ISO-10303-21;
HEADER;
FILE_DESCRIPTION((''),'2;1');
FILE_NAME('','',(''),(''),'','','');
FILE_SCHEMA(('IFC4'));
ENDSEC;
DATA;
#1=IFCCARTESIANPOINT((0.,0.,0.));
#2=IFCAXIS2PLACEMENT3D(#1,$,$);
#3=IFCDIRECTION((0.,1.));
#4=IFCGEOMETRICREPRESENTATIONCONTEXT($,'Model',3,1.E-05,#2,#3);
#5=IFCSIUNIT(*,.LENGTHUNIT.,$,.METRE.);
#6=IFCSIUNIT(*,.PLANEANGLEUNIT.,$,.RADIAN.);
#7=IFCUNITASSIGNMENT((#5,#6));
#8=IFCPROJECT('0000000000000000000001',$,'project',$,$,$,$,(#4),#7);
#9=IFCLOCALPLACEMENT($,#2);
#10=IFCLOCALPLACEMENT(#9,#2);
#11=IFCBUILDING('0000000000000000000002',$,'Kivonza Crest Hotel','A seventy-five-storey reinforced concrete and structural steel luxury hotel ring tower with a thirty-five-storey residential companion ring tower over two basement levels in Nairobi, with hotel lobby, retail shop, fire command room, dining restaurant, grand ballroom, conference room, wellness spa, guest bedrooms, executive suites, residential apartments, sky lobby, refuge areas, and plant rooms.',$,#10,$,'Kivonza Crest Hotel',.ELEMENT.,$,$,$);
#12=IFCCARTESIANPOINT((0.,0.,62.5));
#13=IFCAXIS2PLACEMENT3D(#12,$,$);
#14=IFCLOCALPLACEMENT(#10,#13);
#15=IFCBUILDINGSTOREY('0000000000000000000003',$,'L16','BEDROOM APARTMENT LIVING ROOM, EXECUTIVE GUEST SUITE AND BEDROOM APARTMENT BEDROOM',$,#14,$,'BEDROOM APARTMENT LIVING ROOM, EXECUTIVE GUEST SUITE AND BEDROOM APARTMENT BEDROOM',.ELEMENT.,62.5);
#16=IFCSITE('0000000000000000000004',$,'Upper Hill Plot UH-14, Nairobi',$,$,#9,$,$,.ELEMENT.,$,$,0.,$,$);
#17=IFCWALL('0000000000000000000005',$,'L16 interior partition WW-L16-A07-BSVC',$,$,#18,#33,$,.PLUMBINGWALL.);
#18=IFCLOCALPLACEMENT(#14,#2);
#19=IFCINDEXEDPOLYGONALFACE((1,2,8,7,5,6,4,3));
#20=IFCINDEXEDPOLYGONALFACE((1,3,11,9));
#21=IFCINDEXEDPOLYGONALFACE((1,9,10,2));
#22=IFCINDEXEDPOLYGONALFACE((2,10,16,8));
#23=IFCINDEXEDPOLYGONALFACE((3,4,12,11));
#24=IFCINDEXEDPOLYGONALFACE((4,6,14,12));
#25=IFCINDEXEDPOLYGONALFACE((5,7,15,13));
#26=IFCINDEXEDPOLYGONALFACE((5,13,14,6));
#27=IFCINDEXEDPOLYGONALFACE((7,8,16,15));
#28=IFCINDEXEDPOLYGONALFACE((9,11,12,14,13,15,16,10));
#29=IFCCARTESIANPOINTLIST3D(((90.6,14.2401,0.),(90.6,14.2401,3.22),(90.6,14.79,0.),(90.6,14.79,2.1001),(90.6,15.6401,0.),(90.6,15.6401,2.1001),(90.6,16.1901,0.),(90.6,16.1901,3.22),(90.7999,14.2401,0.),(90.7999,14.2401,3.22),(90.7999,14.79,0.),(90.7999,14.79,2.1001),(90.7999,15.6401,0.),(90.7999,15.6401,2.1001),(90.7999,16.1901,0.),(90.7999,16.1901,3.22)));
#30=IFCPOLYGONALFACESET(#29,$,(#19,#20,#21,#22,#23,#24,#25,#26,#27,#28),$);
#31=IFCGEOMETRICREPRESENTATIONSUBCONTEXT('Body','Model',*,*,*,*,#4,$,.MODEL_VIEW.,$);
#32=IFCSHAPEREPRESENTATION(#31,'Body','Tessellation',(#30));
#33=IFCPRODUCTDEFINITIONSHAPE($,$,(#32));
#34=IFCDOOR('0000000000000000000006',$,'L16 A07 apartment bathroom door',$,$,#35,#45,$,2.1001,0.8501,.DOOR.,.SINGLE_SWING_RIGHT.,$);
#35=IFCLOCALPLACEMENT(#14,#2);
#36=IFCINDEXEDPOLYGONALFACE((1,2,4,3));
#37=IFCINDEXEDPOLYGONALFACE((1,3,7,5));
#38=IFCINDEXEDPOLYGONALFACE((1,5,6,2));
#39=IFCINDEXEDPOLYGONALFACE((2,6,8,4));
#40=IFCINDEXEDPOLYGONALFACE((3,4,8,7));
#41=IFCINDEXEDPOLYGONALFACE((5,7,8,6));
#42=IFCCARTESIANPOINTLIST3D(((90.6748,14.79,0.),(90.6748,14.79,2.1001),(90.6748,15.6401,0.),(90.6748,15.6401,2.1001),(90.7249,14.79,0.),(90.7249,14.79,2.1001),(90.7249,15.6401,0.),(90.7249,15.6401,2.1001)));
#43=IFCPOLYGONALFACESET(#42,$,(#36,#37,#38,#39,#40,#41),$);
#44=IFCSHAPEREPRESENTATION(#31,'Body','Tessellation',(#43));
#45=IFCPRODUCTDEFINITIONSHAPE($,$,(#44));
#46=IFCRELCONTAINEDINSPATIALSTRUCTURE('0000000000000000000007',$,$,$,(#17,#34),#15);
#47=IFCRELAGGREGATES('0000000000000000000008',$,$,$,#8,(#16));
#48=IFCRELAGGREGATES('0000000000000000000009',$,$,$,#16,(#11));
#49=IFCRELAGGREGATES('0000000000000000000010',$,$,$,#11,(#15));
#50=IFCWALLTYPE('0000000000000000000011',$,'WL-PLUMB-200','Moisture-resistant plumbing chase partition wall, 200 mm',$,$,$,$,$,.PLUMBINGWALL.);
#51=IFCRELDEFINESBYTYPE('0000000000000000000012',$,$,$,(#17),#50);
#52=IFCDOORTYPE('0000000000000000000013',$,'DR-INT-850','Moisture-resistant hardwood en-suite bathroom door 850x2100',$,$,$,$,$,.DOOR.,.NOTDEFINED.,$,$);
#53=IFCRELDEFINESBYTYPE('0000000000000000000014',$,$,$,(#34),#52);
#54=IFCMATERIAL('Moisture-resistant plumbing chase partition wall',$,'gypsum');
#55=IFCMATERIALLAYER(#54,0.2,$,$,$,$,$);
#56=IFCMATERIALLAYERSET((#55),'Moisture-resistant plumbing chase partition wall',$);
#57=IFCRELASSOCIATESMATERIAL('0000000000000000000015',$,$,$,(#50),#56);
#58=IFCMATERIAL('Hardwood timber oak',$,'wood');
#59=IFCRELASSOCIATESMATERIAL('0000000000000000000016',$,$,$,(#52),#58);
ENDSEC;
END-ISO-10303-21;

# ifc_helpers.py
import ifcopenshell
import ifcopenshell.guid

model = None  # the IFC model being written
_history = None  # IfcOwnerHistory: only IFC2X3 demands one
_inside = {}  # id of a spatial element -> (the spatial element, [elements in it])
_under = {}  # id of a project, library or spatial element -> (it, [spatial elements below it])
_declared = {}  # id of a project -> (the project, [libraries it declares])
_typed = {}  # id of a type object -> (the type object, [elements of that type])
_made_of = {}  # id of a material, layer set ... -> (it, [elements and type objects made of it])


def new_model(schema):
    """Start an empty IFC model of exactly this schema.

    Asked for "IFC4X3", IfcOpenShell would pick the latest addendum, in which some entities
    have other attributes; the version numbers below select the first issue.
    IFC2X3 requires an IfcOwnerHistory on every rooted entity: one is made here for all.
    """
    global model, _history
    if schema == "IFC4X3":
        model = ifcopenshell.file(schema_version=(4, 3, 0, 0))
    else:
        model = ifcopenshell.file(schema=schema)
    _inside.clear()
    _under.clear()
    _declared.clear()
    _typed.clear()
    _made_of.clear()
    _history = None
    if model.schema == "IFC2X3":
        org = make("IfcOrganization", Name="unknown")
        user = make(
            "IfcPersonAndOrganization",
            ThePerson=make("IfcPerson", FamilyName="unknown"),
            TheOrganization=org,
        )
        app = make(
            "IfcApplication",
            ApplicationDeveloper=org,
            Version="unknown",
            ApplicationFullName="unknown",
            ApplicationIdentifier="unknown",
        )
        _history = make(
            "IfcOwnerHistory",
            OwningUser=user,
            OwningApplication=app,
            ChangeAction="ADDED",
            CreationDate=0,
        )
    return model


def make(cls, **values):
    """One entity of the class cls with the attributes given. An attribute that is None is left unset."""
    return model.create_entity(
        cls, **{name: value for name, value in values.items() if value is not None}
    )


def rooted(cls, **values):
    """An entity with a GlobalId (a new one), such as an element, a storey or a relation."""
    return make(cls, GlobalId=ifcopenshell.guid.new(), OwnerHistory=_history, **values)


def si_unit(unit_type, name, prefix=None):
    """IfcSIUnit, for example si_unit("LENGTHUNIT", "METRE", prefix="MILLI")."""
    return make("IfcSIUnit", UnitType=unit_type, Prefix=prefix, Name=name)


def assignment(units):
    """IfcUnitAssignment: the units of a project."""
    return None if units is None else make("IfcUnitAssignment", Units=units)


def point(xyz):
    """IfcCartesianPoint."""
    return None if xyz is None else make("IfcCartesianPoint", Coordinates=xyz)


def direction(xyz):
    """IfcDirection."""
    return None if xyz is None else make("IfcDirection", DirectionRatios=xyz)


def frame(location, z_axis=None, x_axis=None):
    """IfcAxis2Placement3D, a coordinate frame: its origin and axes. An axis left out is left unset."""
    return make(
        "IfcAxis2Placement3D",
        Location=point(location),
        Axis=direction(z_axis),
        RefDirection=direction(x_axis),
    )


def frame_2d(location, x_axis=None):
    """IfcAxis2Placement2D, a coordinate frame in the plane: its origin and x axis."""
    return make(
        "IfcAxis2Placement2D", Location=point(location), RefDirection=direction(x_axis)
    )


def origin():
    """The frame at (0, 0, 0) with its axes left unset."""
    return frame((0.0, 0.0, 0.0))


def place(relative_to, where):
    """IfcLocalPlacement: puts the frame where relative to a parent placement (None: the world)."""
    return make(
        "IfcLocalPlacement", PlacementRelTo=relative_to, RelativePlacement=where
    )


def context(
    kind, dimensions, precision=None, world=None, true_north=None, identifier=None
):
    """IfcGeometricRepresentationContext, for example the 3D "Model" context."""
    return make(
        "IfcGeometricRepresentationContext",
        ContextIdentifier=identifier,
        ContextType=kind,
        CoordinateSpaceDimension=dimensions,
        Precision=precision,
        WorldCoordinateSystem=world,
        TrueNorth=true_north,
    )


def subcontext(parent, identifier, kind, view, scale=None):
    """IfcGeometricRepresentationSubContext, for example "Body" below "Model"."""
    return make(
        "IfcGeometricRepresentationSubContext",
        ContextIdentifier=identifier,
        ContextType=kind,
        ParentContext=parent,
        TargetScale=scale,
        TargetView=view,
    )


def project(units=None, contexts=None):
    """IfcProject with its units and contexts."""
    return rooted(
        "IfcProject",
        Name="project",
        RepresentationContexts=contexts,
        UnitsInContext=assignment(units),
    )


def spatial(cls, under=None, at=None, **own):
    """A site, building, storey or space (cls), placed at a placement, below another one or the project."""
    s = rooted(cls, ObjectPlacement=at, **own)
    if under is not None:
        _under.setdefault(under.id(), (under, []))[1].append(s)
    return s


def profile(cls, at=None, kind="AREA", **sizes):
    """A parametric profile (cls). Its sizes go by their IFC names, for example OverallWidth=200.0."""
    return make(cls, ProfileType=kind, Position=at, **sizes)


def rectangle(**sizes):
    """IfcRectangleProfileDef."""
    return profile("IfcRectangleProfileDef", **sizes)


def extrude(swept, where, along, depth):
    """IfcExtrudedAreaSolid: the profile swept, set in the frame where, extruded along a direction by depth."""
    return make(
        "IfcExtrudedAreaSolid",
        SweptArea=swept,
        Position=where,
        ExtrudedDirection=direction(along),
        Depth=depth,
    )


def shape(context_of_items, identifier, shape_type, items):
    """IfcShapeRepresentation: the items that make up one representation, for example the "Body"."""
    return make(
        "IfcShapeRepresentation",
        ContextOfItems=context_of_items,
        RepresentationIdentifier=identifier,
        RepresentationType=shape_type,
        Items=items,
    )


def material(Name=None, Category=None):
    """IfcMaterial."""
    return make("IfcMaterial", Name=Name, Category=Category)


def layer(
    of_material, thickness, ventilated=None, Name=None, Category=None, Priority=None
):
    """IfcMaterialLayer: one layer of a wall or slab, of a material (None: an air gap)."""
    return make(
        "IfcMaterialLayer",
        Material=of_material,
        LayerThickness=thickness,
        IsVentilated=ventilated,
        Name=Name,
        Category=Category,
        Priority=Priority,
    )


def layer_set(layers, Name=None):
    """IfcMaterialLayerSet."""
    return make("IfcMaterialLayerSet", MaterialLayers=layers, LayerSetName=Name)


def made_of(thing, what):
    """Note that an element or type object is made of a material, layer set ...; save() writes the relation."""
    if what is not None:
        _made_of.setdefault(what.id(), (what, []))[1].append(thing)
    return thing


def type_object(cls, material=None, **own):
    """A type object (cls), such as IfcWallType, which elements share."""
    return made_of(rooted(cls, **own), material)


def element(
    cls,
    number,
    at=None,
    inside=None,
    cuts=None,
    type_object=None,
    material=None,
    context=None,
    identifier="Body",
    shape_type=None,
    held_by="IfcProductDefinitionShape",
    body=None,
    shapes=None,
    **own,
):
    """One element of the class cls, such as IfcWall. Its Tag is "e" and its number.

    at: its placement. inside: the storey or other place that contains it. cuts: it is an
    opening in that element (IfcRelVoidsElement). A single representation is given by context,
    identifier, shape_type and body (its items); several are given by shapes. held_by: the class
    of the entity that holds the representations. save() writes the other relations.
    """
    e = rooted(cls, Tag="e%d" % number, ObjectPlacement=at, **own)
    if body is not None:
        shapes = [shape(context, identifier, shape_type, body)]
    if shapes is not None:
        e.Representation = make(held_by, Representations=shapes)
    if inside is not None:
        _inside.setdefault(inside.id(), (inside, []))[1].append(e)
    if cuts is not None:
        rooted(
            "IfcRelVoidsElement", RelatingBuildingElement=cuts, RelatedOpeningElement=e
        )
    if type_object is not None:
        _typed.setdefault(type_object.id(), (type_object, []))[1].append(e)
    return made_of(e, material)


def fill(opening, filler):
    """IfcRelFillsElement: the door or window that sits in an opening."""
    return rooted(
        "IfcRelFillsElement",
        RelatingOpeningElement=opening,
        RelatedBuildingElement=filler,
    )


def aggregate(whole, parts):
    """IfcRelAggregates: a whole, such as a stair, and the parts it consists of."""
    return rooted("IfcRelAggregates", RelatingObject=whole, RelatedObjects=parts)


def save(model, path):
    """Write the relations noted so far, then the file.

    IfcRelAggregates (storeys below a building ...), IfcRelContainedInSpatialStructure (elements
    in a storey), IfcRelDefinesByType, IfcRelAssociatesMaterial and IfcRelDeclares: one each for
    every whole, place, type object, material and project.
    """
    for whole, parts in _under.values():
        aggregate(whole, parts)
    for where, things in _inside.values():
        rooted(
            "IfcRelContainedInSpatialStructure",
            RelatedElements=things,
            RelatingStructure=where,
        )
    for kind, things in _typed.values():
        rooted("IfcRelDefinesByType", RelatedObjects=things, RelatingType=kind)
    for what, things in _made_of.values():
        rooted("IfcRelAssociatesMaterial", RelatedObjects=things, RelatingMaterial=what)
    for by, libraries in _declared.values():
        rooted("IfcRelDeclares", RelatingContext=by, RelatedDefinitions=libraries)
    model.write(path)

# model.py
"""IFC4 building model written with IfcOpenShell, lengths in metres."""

from ifc_helpers import new_model, si_unit, direction, frame, frame_2d, origin, place, context, subcontext, project, spatial, rectangle, extrude, material, layer, layer_set, type_object, element, fill, save


model = new_model("IFC4")

# Units and contexts
model_context = context("Model", 3, precision=1e-05, world=origin(), true_north=direction((0.0, 1.0)))
body_context = subcontext(model_context, "Body", "Model", "MODEL_VIEW")
ifc_project = project(units=[si_unit("LENGTHUNIT", "METRE"), si_unit("PLANEANGLEUNIT", "RADIAN")], contexts=[model_context])

# Site, building, storey
site_placement = place(None, origin())
site = spatial("IfcSite", under=ifc_project, at=site_placement, Name="Upper Hill Plot UH-14, Nairobi", CompositionType="ELEMENT", RefElevation=0.0)
building_placement = place(site_placement, origin())
building = spatial("IfcBuilding", under=site, at=building_placement, Name="Kivonza Crest Hotel", Description="A seventy-five-storey reinforced concrete and structural steel luxury hotel ring tower with a thirty-five-storey residential companion ring tower over two basement levels in Nairobi, with hotel lobby, retail shop, fire command room, dining restaurant, grand ballroom, conference room, wellness spa, guest bedrooms, executive suites, residential apartments, sky lobby, refuge areas, and plant rooms.", LongName="Kivonza Crest Hotel", CompositionType="ELEMENT")
storey_placement = place(building_placement, frame((0.0, 0.0, 62.5)))
storey = spatial("IfcBuildingStorey", under=building, at=storey_placement, Name="L16", Description="BEDROOM APARTMENT LIVING ROOM, EXECUTIVE GUEST SUITE AND BEDROOM APARTMENT BEDROOM", LongName="BEDROOM APARTMENT LIVING ROOM, EXECUTIVE GUEST SUITE AND BEDROOM APARTMENT BEDROOM", CompositionType="ELEMENT", Elevation=62.5)

# Shared definitions
ifc_material_1 = material(Name="Hardwood timber oak", Category="wood")

# Wall, opening, door
ifc_material_2 = material(Name="Moisture-resistant plumbing chase partition wall", Category="gypsum")
ifc_layer_1 = layer(ifc_material_2, 0.2)
ifc_layer_set_1 = layer_set([ifc_layer_1], Name="Moisture-resistant plumbing chase partition wall")
wall_type_1 = type_object("IfcWallType", Name="WL-PLUMB-200", Description="Moisture-resistant plumbing chase partition wall, 200 mm", PredefinedType="PLUMBINGWALL", material=ifc_layer_set_1)
wall_1_placement = place(storey_placement, frame((90.7, 14.24, 0.0), z_axis=(0.0, 0.0, 1.0), x_axis=(0.0, 1.0, 0.0)))
wall_1 = element("IfcWall", 1, at=wall_1_placement, inside=storey, type_object=wall_type_1, Name="L16 interior partition WW-L16-A07-BSVC", PredefinedType="PLUMBINGWALL", context=body_context, shape_type="SweptSolid", body=[
    extrude(rectangle(XDim=1.95, YDim=0.2, at=frame_2d((0.9751, 0.0))), origin(), (0.0, 0.0, 1.0), 3.22),
])
opening_1_placement = place(wall_1_placement, frame((0.55, 0.0, 0.0)))
opening_1 = element("IfcOpeningElement", 2, at=opening_1_placement, cuts=wall_1, PredefinedType="OPENING", context=body_context, shape_type="SweptSolid", body=[
    extrude(rectangle(XDim=0.8501, YDim=2.1001, at=frame_2d((0.425, 1.05))), frame((0.0, 0.1099, 0.0), z_axis=(0.0, -1.0, 0.0), x_axis=(1.0, 0.0, 0.0)), (0.0, 0.0, 1.0), 0.22),
])
door_type_1 = type_object("IfcDoorType", Name="DR-INT-850", Description="Moisture-resistant hardwood en-suite bathroom door 850x2100", OperationType="NOTDEFINED", PredefinedType="DOOR", material=ifc_material_1)
door_1_placement = place(opening_1_placement, frame((0.8501, 0.0, 0.0), z_axis=(0.0, 0.0, 1.0), x_axis=(-1.0, 0.0, 0.0)))
door_1 = element("IfcDoor", 3, at=door_1_placement, inside=storey, type_object=door_type_1, Name="L16 A07 apartment bathroom door", OperationType="SINGLE_SWING_RIGHT", OverallHeight=2.1001, OverallWidth=0.8501, PredefinedType="DOOR", context=body_context, shape_type="SweptSolid", body=[
    extrude(rectangle(XDim=0.8501, YDim=2.1001, at=frame_2d((0.425, 1.05))), frame((0.0, 0.0249, 0.0), z_axis=(0.0, -1.0, 0.0), x_axis=(1.0, 0.0, 0.0)), (0.0, 0.0, 1.0), 0.05),
])
fill(opening_1, door_1)

save(model, "model.ifc")
